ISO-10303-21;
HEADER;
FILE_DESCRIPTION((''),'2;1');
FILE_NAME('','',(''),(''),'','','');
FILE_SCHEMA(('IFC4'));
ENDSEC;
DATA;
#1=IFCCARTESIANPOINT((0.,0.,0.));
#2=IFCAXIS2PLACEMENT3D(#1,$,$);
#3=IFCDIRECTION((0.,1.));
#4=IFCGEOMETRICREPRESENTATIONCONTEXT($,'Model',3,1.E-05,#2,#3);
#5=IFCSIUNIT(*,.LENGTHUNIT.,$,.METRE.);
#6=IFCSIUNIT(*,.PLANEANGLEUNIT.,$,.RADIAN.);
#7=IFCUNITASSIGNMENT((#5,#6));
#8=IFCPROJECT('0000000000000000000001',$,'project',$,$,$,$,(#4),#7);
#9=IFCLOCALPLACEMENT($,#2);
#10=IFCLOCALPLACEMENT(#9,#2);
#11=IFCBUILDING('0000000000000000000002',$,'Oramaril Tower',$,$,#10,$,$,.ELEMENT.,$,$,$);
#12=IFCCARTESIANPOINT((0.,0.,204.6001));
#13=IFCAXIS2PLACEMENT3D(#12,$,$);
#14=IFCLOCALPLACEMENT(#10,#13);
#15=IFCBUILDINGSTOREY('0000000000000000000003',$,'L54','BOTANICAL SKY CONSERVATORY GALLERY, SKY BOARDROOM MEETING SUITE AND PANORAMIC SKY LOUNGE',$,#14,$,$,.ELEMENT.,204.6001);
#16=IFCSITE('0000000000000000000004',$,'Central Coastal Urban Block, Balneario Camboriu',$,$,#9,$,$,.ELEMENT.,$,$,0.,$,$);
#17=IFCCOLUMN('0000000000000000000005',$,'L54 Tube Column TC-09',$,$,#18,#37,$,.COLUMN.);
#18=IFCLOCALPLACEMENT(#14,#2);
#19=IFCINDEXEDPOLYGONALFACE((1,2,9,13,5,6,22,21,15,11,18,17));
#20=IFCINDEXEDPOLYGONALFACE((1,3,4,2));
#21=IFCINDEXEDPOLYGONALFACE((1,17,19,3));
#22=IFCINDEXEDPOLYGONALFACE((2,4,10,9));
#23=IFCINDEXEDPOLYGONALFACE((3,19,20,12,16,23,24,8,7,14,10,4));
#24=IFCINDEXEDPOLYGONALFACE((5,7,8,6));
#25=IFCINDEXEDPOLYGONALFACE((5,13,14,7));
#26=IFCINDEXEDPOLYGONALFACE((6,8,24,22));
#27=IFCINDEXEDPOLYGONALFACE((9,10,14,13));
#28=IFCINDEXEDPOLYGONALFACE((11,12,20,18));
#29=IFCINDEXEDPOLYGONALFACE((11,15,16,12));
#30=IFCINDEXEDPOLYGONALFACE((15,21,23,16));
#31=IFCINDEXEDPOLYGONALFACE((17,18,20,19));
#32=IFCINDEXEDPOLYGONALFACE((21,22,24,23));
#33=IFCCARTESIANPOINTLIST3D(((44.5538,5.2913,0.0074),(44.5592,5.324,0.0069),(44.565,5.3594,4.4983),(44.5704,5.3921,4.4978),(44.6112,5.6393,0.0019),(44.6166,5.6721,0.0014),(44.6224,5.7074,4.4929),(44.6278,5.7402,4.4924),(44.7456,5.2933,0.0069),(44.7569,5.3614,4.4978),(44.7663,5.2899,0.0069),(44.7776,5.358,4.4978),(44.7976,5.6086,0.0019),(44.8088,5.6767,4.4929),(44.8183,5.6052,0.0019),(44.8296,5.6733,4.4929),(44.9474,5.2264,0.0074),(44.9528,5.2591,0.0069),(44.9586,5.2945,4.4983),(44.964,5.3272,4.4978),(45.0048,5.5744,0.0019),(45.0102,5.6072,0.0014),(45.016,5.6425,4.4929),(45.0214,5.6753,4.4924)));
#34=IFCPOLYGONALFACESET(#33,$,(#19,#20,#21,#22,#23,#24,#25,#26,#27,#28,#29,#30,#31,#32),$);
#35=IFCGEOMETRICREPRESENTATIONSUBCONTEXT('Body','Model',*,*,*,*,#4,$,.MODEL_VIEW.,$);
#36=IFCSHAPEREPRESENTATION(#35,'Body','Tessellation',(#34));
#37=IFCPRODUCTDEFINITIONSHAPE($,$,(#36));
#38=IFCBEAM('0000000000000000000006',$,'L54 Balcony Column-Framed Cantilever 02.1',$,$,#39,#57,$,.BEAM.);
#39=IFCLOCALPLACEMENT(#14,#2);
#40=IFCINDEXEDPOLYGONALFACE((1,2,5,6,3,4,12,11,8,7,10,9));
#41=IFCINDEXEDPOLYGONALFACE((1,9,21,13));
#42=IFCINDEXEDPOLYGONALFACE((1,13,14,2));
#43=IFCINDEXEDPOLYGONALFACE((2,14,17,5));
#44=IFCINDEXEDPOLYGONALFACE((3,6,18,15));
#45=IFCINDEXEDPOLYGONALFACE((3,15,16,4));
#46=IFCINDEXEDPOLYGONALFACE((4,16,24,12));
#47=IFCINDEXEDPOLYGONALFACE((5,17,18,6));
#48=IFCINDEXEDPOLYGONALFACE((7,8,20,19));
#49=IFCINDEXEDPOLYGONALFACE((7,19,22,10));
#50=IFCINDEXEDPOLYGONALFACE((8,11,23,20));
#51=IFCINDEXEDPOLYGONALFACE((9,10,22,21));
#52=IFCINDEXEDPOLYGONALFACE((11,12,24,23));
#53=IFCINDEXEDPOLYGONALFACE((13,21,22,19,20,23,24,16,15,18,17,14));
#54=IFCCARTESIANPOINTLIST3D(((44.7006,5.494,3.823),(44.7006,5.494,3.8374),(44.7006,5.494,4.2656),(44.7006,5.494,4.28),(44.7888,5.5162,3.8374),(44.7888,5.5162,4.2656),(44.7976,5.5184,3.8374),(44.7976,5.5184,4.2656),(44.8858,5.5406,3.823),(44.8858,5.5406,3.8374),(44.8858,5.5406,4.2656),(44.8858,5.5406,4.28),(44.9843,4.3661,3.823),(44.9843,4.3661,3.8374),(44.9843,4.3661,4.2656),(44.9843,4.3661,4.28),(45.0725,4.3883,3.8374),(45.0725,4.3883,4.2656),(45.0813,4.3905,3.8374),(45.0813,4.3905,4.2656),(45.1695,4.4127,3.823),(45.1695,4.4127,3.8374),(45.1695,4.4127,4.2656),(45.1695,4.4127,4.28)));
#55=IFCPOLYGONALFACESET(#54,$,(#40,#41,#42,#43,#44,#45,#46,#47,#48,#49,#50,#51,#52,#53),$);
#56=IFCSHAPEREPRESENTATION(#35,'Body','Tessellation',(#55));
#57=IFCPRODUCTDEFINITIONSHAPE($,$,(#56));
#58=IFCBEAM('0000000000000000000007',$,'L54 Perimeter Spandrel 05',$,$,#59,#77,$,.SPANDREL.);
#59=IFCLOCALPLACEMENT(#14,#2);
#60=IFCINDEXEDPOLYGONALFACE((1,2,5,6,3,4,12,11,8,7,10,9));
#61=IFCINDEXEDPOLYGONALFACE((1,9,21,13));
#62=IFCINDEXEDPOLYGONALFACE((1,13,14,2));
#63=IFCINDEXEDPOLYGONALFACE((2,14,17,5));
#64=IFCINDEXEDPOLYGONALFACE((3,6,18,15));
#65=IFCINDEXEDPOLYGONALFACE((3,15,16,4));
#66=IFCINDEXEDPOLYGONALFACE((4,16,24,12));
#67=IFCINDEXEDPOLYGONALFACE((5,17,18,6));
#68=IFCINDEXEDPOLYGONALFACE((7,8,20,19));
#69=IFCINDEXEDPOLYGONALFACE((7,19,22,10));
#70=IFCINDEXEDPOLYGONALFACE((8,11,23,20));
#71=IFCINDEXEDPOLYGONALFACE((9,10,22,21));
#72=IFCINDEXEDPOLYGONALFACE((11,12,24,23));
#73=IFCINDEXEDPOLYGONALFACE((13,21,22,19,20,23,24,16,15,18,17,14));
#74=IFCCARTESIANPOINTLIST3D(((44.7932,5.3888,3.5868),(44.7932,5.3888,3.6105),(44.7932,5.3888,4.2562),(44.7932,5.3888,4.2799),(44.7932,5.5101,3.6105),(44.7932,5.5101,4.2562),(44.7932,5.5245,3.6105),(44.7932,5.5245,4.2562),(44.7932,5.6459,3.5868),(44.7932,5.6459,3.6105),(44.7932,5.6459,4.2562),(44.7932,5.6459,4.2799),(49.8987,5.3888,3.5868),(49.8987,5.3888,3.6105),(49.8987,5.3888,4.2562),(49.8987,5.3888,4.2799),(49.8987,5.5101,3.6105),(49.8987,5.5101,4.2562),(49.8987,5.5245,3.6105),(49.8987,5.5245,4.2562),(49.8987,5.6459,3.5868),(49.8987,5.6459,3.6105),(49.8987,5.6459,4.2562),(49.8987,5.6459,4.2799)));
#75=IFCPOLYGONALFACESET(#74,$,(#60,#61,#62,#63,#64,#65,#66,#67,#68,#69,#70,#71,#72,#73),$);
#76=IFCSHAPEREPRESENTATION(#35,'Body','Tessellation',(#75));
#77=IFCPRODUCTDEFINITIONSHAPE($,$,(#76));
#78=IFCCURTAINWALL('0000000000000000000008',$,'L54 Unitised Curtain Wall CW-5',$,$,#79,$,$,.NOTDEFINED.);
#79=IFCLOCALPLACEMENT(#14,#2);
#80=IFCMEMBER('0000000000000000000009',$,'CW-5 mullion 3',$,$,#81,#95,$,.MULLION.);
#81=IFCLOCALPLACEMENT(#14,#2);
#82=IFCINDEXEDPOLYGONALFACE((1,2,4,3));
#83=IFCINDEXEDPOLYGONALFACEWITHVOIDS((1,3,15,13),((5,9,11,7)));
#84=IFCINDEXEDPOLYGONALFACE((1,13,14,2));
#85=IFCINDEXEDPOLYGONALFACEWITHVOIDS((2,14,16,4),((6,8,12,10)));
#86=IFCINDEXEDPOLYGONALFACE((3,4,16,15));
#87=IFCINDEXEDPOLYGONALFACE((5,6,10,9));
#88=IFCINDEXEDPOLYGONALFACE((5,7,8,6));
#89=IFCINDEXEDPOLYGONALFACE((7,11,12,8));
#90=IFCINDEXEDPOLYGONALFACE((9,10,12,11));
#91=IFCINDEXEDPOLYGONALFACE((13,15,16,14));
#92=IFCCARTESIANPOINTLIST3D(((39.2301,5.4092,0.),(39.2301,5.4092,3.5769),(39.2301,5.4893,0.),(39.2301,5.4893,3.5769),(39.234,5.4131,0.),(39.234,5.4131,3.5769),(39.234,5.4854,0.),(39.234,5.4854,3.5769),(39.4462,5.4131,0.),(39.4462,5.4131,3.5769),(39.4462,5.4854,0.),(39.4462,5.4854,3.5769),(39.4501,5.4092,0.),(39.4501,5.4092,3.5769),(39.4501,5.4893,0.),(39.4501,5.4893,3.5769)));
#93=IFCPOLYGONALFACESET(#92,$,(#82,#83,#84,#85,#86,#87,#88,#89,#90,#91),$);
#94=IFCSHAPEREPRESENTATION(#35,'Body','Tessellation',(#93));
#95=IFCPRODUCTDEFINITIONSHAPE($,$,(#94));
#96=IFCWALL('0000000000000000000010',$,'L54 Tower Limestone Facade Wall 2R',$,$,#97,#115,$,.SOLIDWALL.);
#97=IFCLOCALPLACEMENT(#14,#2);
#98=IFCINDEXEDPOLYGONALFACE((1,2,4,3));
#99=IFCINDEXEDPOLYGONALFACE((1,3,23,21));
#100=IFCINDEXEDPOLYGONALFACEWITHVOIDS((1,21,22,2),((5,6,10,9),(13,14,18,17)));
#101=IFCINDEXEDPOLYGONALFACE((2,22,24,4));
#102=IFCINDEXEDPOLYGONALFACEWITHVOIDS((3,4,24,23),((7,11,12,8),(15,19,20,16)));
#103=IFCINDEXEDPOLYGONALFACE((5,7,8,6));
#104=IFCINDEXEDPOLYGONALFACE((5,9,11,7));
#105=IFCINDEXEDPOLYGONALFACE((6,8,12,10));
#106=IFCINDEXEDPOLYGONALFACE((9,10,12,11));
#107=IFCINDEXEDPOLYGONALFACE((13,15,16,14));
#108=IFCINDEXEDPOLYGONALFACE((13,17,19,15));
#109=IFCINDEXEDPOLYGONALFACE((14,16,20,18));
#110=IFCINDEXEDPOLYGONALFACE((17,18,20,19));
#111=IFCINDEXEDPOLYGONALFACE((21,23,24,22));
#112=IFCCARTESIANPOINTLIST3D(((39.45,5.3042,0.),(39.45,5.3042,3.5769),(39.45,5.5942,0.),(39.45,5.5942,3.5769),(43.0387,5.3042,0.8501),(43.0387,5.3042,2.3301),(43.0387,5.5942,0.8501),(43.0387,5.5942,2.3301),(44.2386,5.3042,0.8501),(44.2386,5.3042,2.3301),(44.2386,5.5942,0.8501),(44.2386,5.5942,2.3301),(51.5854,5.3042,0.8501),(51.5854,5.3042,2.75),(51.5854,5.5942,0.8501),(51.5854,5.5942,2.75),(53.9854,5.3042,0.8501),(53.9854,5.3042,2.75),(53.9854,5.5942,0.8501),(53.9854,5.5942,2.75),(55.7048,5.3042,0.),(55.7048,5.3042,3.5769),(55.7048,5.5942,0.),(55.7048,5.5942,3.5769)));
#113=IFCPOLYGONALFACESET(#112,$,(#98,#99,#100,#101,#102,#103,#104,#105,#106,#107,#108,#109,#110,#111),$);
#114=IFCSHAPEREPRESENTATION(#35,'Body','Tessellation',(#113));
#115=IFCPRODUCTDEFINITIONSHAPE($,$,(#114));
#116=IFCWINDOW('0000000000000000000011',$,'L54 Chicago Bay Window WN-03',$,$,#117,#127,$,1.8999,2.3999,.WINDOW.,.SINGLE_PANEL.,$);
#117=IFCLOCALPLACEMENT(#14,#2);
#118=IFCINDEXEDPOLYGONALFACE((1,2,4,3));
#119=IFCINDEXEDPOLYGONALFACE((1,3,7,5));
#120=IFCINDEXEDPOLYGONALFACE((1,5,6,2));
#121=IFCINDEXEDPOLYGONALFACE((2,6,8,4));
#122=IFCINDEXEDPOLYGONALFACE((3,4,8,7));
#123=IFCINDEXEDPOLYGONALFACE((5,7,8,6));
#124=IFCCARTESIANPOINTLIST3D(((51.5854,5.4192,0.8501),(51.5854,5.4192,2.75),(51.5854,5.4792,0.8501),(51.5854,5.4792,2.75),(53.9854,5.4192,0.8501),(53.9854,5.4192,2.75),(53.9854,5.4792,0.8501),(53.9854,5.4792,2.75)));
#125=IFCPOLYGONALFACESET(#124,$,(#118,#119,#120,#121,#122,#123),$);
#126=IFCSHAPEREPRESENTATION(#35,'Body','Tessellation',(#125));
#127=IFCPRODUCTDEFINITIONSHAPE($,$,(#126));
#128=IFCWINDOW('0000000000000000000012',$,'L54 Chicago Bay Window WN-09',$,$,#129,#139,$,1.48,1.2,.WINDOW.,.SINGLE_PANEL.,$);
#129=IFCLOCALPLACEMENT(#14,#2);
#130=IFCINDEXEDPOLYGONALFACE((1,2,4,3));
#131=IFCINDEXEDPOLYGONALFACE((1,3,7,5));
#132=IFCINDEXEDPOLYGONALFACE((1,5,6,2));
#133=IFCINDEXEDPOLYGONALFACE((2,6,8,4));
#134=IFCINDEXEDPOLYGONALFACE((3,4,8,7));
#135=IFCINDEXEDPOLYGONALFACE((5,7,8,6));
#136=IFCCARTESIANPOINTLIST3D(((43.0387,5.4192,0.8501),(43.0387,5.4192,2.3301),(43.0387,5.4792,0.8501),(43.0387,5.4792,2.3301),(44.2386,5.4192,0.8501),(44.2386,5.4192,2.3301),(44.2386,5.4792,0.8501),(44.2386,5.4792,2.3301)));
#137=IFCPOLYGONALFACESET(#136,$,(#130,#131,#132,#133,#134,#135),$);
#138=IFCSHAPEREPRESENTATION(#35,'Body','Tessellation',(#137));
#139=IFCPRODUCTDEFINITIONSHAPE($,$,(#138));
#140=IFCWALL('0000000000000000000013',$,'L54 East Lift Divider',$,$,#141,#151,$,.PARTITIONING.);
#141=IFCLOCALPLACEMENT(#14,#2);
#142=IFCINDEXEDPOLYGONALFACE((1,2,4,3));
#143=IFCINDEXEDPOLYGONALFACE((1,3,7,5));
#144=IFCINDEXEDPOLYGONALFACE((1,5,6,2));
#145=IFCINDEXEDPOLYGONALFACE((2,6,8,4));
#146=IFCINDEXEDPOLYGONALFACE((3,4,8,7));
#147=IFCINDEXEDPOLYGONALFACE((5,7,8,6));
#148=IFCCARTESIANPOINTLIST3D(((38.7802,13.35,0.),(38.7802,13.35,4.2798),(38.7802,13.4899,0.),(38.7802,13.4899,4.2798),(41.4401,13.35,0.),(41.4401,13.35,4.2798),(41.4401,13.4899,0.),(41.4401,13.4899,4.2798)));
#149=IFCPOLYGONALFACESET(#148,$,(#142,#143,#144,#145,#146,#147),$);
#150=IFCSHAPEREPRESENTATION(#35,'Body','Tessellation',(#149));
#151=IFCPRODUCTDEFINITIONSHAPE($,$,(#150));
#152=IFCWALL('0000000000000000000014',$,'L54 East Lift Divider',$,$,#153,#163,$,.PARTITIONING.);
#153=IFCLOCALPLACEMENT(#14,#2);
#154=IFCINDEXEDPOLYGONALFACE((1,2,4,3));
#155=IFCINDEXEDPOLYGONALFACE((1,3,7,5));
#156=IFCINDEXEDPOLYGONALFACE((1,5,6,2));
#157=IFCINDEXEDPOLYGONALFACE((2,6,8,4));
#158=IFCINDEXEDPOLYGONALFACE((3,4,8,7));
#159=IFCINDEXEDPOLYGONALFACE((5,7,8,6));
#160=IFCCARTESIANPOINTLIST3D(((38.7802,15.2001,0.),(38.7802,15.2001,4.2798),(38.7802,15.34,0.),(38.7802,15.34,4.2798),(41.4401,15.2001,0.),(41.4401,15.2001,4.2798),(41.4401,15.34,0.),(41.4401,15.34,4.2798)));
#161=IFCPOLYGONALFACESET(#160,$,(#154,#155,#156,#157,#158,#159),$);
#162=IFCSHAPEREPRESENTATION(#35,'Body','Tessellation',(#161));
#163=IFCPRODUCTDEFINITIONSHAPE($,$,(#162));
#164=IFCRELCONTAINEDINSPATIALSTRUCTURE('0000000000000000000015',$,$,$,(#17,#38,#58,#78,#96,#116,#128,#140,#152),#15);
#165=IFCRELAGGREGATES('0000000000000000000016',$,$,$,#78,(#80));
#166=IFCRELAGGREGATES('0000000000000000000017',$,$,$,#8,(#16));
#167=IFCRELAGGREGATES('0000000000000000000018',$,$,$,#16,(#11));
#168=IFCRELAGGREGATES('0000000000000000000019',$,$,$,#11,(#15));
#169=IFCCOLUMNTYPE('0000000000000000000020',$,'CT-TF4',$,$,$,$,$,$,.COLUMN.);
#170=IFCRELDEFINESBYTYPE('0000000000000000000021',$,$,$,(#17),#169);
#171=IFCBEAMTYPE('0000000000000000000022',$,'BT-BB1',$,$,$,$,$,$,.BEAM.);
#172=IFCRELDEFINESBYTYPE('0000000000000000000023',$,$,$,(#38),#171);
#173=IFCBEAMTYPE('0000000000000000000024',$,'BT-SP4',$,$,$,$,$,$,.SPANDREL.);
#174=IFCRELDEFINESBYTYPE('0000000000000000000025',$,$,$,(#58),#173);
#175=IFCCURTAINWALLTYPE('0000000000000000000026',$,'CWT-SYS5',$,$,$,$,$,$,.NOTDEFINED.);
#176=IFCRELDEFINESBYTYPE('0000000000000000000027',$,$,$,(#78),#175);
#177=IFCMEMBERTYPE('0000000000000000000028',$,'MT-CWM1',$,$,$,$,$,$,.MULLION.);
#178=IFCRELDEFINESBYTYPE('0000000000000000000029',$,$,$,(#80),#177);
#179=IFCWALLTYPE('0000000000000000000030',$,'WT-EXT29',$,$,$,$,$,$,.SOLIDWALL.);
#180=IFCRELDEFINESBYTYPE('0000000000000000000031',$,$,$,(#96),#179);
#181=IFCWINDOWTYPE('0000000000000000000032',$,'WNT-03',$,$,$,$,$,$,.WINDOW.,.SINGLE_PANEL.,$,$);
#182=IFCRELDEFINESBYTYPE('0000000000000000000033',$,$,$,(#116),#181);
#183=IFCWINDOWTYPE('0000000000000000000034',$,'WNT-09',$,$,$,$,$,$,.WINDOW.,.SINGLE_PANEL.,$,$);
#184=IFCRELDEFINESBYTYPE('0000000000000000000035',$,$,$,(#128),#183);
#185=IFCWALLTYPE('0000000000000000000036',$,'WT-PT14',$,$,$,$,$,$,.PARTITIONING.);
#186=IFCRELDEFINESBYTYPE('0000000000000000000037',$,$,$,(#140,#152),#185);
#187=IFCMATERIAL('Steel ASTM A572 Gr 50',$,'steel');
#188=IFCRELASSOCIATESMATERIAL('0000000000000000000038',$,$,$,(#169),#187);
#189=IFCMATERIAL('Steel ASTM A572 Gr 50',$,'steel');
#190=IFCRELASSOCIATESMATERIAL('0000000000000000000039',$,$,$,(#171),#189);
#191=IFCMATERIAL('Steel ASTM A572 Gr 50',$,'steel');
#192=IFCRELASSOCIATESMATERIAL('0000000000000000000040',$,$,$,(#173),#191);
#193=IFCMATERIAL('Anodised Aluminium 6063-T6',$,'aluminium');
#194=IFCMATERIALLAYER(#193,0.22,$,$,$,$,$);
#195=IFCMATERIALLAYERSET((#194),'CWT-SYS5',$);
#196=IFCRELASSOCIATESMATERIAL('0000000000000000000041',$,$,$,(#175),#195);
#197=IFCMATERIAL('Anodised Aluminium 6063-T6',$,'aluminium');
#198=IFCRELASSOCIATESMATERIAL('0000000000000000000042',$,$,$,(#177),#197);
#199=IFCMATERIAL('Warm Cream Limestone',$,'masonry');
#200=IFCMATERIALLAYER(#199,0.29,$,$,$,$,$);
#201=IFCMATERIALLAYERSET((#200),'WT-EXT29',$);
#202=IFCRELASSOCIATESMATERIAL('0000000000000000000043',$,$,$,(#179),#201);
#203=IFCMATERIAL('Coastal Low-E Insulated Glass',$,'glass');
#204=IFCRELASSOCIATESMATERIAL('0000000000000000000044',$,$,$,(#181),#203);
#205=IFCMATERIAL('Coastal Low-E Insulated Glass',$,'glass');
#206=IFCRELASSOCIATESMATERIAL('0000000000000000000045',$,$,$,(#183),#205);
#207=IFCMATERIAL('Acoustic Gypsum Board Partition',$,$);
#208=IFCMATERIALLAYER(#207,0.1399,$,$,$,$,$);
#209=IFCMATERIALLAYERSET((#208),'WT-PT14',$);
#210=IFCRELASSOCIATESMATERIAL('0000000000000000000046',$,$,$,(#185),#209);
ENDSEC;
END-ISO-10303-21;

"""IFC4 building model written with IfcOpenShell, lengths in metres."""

from ifc_helpers import new_model, si_unit, direction, frame, frame_2d, origin, origin_2d, place, context, subcontext, project, spatial, rectangle, hollow_rectangle, i_section, extrude, material, layer, layer_set, material_profile, profile_set, type_object, element, fill, aggregate, save


model = new_model("IFC4")

# Units and contexts
model_context = context("Model", 3, precision=1e-05, world=origin(), true_north=direction((0.0, 1.0)))
body_context = subcontext(model_context, "Body", "Model", "MODEL_VIEW")
ifc_project = project(units=[si_unit("LENGTHUNIT", "METRE"), si_unit("PLANEANGLEUNIT", "RADIAN")], contexts=[model_context])

# Site, building, storey
site_placement = place(None, origin())
site = spatial("IfcSite", under=ifc_project, at=site_placement, Name="Central Coastal Urban Block, Balneario Camboriu", CompositionType="ELEMENT", RefElevation=0.0)
building_placement = place(site_placement, origin())
building = spatial("IfcBuilding", under=site, at=building_placement, Name="Oramaril Tower", CompositionType="ELEMENT")
storey_placement = place(building_placement, frame((0.0, 0.0, 204.6001)))
storey = spatial("IfcBuildingStorey", under=building, at=storey_placement, Name="L54", Description="BOTANICAL SKY CONSERVATORY GALLERY, SKY BOARDROOM MEETING SUITE AND PANORAMIC SKY LOUNGE", CompositionType="ELEMENT", Elevation=204.6001)

# Column
ifc_material_1 = material(Name="Steel ASTM A572 Gr 50", Category="steel")
ifc_material_profile_1 = material_profile(ifc_material_1, i_section(OverallWidth=0.3989, OverallDepth=0.386, WebThickness=0.021, FlangeThickness=0.0332, at=origin_2d()), Name="W14X176")
ifc_profile_set_1 = profile_set([ifc_material_profile_1], Name="Steel ASTM A572 Gr 50")
column_type = type_object("IfcColumnType", Name="CT-TF4", PredefinedType="COLUMN", material=ifc_profile_set_1)
column_placement = place(storey_placement, frame((44.782, 5.4492, 0.0044), z_axis=(0.0025, 0.015165, 0.999882), x_axis=(-0.986679, 0.162678, 0.0)))
element("IfcColumn", 1, at=column_placement, inside=storey, type_object=column_type, Name="L54 Tube Column TC-09", PredefinedType="COLUMN", context=body_context, shape_type="SweptSolid", body=[
    extrude(i_section(OverallWidth=0.3989, OverallDepth=0.386, WebThickness=0.021, FlangeThickness=0.0332, at=origin_2d()), origin(), (0.0, 0.0, 1.0), 4.4915),
])

# Beams
ifc_material_2 = material(Name="Steel ASTM A572 Gr 50", Category="steel")
ifc_material_profile_2 = material_profile(ifc_material_2, i_section(OverallWidth=0.1909, OverallDepth=0.457, WebThickness=0.009, FlangeThickness=0.0144, at=origin_2d()), Name="W18X50")
ifc_profile_set_2 = profile_set([ifc_material_profile_2], Name="Steel ASTM A572 Gr 50")
beam_type_1 = type_object("IfcBeamType", Name="BT-BB1", PredefinedType="BEAM", material=ifc_profile_set_2)
beam_1_placement = place(storey_placement, frame((44.7932, 5.5173, 4.0515), z_axis=(0.243918, -0.969796, 0.0), x_axis=(0.969796, 0.243918, 0.0)))
element("IfcBeam", 2, at=beam_1_placement, inside=storey, type_object=beam_type_1, Name="L54 Balcony Column-Framed Cantilever 02.1", PredefinedType="BEAM", context=body_context, shape_type="SweptSolid", body=[
    extrude(i_section(OverallWidth=0.1909, OverallDepth=0.457, WebThickness=0.009, FlangeThickness=0.0144, at=origin_2d()), origin(), (0.0, 0.0, 1.0), 1.1631),
])
ifc_material_3 = material(Name="Steel ASTM A572 Gr 50", Category="steel")
ifc_material_profile_3 = material_profile(ifc_material_3, i_section(OverallWidth=0.2571, OverallDepth=0.6931, WebThickness=0.0144, FlangeThickness=0.0237, at=origin_2d()), Name="W27X114")
ifc_profile_set_3 = profile_set([ifc_material_profile_3], Name="Steel ASTM A572 Gr 50")
beam_type_2 = type_object("IfcBeamType", Name="BT-SP4", PredefinedType="SPANDREL", material=ifc_profile_set_3)
beam_2_placement = place(storey_placement, frame((44.7932, 5.5173, 3.9333), z_axis=(1.0, 0.0, 0.0), x_axis=(0.0, 1.0, 0.0)))
element("IfcBeam", 3, at=beam_2_placement, inside=storey, type_object=beam_type_2, Name="L54 Perimeter Spandrel 05", PredefinedType="SPANDREL", context=body_context, shape_type="SweptSolid", body=[
    extrude(i_section(OverallWidth=0.2571, OverallDepth=0.6931, WebThickness=0.0144, FlangeThickness=0.0237, at=origin_2d()), origin(), (0.0, 0.0, 1.0), 5.1055),
])

# Curtain wall, member
ifc_material_4 = material(Name="Anodised Aluminium 6063-T6", Category="aluminium")
ifc_layer_1 = layer(ifc_material_4, 0.22)
ifc_layer_set_1 = layer_set([ifc_layer_1], Name="CWT-SYS5")
curtain_wall_type = type_object("IfcCurtainWallType", Name="CWT-SYS5", PredefinedType="NOTDEFINED", material=ifc_layer_set_1)
curtain_wall_placement = place(storey_placement, origin())
curtain_wall = element("IfcCurtainWall", 4, at=curtain_wall_placement, inside=storey, type_object=curtain_wall_type, Name="L54 Unitised Curtain Wall CW-5", PredefinedType="NOTDEFINED")
ifc_material_5 = material(Name="Anodised Aluminium 6063-T6", Category="aluminium")
ifc_material_profile_4 = material_profile(ifc_material_5, hollow_rectangle(XDim=0.0801, YDim=0.22, WallThickness=0.0039, at=origin_2d()), Name="CWM220X80")
ifc_profile_set_4 = profile_set([ifc_material_profile_4], Name="Anodised Aluminium 6063-T6")
member_type = type_object("IfcMemberType", Name="MT-CWM1", PredefinedType="MULLION", material=ifc_profile_set_4)
member_placement = place(storey_placement, frame((39.3401, 5.4492, 0.0), z_axis=(0.0, 0.0, 1.0), x_axis=(0.0, 1.0, 0.0)))
member = element("IfcMember", 5, at=member_placement, type_object=member_type, Name="CW-5 mullion 3", PredefinedType="MULLION", context=body_context, shape_type="SweptSolid", body=[
    extrude(hollow_rectangle(XDim=0.0801, YDim=0.22, WallThickness=0.0039, at=origin_2d()), origin(), (0.0, 0.0, 1.0), 3.5769),
])
aggregate(curtain_wall, [member])

# Wall, openings, windows
ifc_material_6 = material(Name="Warm Cream Limestone", Category="masonry")
ifc_layer_2 = layer(ifc_material_6, 0.29)
ifc_layer_set_2 = layer_set([ifc_layer_2], Name="WT-EXT29")
wall_type_1 = type_object("IfcWallType", Name="WT-EXT29", PredefinedType="SOLIDWALL", material=ifc_layer_set_2)
wall_1_placement = place(storey_placement, frame((39.45, 5.4492, 0.0), z_axis=(0.0, 0.0, 1.0), x_axis=(1.0, 0.0, 0.0)))
wall_1 = element("IfcWall", 6, at=wall_1_placement, inside=storey, type_object=wall_type_1, Name="L54 Tower Limestone Facade Wall 2R", PredefinedType="SOLIDWALL", context=body_context, shape_type="SweptSolid", body=[
    extrude(rectangle(XDim=16.2549, YDim=0.29, at=frame_2d((8.1274, 0.0))), origin(), (0.0, 0.0, 1.0), 3.5769),
])
opening_1_placement = place(wall_1_placement, frame((3.5886, 0.0, 0.8501)))
opening_1 = element("IfcOpeningElement", 7, at=opening_1_placement, cuts=wall_1, PredefinedType="OPENING", context=body_context, shape_type="SweptSolid", body=[
    extrude(rectangle(XDim=1.2, YDim=1.48, at=frame_2d((0.6001, 0.74))), frame((0.0, 0.145, 0.0), z_axis=(0.0, -1.0, 0.0), x_axis=(1.0, 0.0, 0.0)), (0.0, 0.0, 1.0), 0.29),
])
opening_2_placement = place(wall_1_placement, frame((12.1355, 0.0, 0.8501)))
opening_2 = element("IfcOpeningElement", 8, at=opening_2_placement, cuts=wall_1, PredefinedType="OPENING", context=body_context, shape_type="SweptSolid", body=[
    extrude(rectangle(XDim=2.3999, YDim=1.8999, at=frame_2d((1.2, 0.95))), frame((0.0, 0.145, 0.0), z_axis=(0.0, -1.0, 0.0), x_axis=(1.0, 0.0, 0.0)), (0.0, 0.0, 1.0), 0.29),
])
ifc_material_7 = material(Name="Coastal Low-E Insulated Glass", Category="glass")
window_type_1 = type_object("IfcWindowType", Name="WNT-03", PartitioningType="SINGLE_PANEL", PredefinedType="WINDOW", material=ifc_material_7)
window_1_placement = place(opening_2_placement, origin())
window_1 = element("IfcWindow", 9, at=window_1_placement, inside=storey, type_object=window_type_1, Name="L54 Chicago Bay Window WN-03", OverallHeight=1.8999, OverallWidth=2.3999, PartitioningType="SINGLE_PANEL", PredefinedType="WINDOW", context=body_context, shape_type="SweptSolid", body=[
    extrude(rectangle(XDim=2.3999, YDim=1.8999, at=frame_2d((1.2, 0.95))), frame((0.0, 0.03, 0.0), z_axis=(0.0, -1.0, 0.0), x_axis=(1.0, 0.0, 0.0)), (0.0, 0.0, 1.0), 0.0601),
])
fill(opening_2, window_1)
ifc_material_8 = material(Name="Coastal Low-E Insulated Glass", Category="glass")
window_type_2 = type_object("IfcWindowType", Name="WNT-09", PartitioningType="SINGLE_PANEL", PredefinedType="WINDOW", material=ifc_material_8)
window_2_placement = place(opening_1_placement, origin())
window_2 = element("IfcWindow", 10, at=window_2_placement, inside=storey, type_object=window_type_2, Name="L54 Chicago Bay Window WN-09", OverallHeight=1.48, OverallWidth=1.2, PartitioningType="SINGLE_PANEL", PredefinedType="WINDOW", context=body_context, shape_type="SweptSolid", body=[
    extrude(rectangle(XDim=1.2, YDim=1.48, at=frame_2d((0.6001, 0.74))), frame((0.0, 0.03, 0.0), z_axis=(0.0, -1.0, 0.0), x_axis=(1.0, 0.0, 0.0)), (0.0, 0.0, 1.0), 0.0601),
])
fill(opening_1, window_2)

# Walls
ifc_material_9 = material(Name="Acoustic Gypsum Board Partition")
ifc_layer_3 = layer(ifc_material_9, 0.1399)
ifc_layer_set_3 = layer_set([ifc_layer_3], Name="WT-PT14")
wall_type_2 = type_object("IfcWallType", Name="WT-PT14", PredefinedType="PARTITIONING", material=ifc_layer_set_3)
for number, where, z_axis, x_axis, name in (
    (11, (38.78, 13.4199, 0.0), (0.0, 0.0, 1.0), (1.0, 0.0, 0.0), "L54 East Lift Divider"),
    (12, (38.78, 15.27, 0.0), (0.0, 0.0, 1.0), (1.0, 0.0, 0.0), "L54 East Lift Divider"),
):
    element("IfcWall", number, at=place(storey_placement, frame(where, z_axis=z_axis, x_axis=x_axis)), inside=storey, type_object=wall_type_2, Name=name, PredefinedType="PARTITIONING", context=body_context, shape_type="SweptSolid", body=[
        extrude(rectangle(XDim=2.6599, YDim=0.1399, at=frame_2d((1.3301, 0.0))), origin(), (0.0, 0.0, 1.0), 4.2798),
    ])

save(model, "model.ifc")
